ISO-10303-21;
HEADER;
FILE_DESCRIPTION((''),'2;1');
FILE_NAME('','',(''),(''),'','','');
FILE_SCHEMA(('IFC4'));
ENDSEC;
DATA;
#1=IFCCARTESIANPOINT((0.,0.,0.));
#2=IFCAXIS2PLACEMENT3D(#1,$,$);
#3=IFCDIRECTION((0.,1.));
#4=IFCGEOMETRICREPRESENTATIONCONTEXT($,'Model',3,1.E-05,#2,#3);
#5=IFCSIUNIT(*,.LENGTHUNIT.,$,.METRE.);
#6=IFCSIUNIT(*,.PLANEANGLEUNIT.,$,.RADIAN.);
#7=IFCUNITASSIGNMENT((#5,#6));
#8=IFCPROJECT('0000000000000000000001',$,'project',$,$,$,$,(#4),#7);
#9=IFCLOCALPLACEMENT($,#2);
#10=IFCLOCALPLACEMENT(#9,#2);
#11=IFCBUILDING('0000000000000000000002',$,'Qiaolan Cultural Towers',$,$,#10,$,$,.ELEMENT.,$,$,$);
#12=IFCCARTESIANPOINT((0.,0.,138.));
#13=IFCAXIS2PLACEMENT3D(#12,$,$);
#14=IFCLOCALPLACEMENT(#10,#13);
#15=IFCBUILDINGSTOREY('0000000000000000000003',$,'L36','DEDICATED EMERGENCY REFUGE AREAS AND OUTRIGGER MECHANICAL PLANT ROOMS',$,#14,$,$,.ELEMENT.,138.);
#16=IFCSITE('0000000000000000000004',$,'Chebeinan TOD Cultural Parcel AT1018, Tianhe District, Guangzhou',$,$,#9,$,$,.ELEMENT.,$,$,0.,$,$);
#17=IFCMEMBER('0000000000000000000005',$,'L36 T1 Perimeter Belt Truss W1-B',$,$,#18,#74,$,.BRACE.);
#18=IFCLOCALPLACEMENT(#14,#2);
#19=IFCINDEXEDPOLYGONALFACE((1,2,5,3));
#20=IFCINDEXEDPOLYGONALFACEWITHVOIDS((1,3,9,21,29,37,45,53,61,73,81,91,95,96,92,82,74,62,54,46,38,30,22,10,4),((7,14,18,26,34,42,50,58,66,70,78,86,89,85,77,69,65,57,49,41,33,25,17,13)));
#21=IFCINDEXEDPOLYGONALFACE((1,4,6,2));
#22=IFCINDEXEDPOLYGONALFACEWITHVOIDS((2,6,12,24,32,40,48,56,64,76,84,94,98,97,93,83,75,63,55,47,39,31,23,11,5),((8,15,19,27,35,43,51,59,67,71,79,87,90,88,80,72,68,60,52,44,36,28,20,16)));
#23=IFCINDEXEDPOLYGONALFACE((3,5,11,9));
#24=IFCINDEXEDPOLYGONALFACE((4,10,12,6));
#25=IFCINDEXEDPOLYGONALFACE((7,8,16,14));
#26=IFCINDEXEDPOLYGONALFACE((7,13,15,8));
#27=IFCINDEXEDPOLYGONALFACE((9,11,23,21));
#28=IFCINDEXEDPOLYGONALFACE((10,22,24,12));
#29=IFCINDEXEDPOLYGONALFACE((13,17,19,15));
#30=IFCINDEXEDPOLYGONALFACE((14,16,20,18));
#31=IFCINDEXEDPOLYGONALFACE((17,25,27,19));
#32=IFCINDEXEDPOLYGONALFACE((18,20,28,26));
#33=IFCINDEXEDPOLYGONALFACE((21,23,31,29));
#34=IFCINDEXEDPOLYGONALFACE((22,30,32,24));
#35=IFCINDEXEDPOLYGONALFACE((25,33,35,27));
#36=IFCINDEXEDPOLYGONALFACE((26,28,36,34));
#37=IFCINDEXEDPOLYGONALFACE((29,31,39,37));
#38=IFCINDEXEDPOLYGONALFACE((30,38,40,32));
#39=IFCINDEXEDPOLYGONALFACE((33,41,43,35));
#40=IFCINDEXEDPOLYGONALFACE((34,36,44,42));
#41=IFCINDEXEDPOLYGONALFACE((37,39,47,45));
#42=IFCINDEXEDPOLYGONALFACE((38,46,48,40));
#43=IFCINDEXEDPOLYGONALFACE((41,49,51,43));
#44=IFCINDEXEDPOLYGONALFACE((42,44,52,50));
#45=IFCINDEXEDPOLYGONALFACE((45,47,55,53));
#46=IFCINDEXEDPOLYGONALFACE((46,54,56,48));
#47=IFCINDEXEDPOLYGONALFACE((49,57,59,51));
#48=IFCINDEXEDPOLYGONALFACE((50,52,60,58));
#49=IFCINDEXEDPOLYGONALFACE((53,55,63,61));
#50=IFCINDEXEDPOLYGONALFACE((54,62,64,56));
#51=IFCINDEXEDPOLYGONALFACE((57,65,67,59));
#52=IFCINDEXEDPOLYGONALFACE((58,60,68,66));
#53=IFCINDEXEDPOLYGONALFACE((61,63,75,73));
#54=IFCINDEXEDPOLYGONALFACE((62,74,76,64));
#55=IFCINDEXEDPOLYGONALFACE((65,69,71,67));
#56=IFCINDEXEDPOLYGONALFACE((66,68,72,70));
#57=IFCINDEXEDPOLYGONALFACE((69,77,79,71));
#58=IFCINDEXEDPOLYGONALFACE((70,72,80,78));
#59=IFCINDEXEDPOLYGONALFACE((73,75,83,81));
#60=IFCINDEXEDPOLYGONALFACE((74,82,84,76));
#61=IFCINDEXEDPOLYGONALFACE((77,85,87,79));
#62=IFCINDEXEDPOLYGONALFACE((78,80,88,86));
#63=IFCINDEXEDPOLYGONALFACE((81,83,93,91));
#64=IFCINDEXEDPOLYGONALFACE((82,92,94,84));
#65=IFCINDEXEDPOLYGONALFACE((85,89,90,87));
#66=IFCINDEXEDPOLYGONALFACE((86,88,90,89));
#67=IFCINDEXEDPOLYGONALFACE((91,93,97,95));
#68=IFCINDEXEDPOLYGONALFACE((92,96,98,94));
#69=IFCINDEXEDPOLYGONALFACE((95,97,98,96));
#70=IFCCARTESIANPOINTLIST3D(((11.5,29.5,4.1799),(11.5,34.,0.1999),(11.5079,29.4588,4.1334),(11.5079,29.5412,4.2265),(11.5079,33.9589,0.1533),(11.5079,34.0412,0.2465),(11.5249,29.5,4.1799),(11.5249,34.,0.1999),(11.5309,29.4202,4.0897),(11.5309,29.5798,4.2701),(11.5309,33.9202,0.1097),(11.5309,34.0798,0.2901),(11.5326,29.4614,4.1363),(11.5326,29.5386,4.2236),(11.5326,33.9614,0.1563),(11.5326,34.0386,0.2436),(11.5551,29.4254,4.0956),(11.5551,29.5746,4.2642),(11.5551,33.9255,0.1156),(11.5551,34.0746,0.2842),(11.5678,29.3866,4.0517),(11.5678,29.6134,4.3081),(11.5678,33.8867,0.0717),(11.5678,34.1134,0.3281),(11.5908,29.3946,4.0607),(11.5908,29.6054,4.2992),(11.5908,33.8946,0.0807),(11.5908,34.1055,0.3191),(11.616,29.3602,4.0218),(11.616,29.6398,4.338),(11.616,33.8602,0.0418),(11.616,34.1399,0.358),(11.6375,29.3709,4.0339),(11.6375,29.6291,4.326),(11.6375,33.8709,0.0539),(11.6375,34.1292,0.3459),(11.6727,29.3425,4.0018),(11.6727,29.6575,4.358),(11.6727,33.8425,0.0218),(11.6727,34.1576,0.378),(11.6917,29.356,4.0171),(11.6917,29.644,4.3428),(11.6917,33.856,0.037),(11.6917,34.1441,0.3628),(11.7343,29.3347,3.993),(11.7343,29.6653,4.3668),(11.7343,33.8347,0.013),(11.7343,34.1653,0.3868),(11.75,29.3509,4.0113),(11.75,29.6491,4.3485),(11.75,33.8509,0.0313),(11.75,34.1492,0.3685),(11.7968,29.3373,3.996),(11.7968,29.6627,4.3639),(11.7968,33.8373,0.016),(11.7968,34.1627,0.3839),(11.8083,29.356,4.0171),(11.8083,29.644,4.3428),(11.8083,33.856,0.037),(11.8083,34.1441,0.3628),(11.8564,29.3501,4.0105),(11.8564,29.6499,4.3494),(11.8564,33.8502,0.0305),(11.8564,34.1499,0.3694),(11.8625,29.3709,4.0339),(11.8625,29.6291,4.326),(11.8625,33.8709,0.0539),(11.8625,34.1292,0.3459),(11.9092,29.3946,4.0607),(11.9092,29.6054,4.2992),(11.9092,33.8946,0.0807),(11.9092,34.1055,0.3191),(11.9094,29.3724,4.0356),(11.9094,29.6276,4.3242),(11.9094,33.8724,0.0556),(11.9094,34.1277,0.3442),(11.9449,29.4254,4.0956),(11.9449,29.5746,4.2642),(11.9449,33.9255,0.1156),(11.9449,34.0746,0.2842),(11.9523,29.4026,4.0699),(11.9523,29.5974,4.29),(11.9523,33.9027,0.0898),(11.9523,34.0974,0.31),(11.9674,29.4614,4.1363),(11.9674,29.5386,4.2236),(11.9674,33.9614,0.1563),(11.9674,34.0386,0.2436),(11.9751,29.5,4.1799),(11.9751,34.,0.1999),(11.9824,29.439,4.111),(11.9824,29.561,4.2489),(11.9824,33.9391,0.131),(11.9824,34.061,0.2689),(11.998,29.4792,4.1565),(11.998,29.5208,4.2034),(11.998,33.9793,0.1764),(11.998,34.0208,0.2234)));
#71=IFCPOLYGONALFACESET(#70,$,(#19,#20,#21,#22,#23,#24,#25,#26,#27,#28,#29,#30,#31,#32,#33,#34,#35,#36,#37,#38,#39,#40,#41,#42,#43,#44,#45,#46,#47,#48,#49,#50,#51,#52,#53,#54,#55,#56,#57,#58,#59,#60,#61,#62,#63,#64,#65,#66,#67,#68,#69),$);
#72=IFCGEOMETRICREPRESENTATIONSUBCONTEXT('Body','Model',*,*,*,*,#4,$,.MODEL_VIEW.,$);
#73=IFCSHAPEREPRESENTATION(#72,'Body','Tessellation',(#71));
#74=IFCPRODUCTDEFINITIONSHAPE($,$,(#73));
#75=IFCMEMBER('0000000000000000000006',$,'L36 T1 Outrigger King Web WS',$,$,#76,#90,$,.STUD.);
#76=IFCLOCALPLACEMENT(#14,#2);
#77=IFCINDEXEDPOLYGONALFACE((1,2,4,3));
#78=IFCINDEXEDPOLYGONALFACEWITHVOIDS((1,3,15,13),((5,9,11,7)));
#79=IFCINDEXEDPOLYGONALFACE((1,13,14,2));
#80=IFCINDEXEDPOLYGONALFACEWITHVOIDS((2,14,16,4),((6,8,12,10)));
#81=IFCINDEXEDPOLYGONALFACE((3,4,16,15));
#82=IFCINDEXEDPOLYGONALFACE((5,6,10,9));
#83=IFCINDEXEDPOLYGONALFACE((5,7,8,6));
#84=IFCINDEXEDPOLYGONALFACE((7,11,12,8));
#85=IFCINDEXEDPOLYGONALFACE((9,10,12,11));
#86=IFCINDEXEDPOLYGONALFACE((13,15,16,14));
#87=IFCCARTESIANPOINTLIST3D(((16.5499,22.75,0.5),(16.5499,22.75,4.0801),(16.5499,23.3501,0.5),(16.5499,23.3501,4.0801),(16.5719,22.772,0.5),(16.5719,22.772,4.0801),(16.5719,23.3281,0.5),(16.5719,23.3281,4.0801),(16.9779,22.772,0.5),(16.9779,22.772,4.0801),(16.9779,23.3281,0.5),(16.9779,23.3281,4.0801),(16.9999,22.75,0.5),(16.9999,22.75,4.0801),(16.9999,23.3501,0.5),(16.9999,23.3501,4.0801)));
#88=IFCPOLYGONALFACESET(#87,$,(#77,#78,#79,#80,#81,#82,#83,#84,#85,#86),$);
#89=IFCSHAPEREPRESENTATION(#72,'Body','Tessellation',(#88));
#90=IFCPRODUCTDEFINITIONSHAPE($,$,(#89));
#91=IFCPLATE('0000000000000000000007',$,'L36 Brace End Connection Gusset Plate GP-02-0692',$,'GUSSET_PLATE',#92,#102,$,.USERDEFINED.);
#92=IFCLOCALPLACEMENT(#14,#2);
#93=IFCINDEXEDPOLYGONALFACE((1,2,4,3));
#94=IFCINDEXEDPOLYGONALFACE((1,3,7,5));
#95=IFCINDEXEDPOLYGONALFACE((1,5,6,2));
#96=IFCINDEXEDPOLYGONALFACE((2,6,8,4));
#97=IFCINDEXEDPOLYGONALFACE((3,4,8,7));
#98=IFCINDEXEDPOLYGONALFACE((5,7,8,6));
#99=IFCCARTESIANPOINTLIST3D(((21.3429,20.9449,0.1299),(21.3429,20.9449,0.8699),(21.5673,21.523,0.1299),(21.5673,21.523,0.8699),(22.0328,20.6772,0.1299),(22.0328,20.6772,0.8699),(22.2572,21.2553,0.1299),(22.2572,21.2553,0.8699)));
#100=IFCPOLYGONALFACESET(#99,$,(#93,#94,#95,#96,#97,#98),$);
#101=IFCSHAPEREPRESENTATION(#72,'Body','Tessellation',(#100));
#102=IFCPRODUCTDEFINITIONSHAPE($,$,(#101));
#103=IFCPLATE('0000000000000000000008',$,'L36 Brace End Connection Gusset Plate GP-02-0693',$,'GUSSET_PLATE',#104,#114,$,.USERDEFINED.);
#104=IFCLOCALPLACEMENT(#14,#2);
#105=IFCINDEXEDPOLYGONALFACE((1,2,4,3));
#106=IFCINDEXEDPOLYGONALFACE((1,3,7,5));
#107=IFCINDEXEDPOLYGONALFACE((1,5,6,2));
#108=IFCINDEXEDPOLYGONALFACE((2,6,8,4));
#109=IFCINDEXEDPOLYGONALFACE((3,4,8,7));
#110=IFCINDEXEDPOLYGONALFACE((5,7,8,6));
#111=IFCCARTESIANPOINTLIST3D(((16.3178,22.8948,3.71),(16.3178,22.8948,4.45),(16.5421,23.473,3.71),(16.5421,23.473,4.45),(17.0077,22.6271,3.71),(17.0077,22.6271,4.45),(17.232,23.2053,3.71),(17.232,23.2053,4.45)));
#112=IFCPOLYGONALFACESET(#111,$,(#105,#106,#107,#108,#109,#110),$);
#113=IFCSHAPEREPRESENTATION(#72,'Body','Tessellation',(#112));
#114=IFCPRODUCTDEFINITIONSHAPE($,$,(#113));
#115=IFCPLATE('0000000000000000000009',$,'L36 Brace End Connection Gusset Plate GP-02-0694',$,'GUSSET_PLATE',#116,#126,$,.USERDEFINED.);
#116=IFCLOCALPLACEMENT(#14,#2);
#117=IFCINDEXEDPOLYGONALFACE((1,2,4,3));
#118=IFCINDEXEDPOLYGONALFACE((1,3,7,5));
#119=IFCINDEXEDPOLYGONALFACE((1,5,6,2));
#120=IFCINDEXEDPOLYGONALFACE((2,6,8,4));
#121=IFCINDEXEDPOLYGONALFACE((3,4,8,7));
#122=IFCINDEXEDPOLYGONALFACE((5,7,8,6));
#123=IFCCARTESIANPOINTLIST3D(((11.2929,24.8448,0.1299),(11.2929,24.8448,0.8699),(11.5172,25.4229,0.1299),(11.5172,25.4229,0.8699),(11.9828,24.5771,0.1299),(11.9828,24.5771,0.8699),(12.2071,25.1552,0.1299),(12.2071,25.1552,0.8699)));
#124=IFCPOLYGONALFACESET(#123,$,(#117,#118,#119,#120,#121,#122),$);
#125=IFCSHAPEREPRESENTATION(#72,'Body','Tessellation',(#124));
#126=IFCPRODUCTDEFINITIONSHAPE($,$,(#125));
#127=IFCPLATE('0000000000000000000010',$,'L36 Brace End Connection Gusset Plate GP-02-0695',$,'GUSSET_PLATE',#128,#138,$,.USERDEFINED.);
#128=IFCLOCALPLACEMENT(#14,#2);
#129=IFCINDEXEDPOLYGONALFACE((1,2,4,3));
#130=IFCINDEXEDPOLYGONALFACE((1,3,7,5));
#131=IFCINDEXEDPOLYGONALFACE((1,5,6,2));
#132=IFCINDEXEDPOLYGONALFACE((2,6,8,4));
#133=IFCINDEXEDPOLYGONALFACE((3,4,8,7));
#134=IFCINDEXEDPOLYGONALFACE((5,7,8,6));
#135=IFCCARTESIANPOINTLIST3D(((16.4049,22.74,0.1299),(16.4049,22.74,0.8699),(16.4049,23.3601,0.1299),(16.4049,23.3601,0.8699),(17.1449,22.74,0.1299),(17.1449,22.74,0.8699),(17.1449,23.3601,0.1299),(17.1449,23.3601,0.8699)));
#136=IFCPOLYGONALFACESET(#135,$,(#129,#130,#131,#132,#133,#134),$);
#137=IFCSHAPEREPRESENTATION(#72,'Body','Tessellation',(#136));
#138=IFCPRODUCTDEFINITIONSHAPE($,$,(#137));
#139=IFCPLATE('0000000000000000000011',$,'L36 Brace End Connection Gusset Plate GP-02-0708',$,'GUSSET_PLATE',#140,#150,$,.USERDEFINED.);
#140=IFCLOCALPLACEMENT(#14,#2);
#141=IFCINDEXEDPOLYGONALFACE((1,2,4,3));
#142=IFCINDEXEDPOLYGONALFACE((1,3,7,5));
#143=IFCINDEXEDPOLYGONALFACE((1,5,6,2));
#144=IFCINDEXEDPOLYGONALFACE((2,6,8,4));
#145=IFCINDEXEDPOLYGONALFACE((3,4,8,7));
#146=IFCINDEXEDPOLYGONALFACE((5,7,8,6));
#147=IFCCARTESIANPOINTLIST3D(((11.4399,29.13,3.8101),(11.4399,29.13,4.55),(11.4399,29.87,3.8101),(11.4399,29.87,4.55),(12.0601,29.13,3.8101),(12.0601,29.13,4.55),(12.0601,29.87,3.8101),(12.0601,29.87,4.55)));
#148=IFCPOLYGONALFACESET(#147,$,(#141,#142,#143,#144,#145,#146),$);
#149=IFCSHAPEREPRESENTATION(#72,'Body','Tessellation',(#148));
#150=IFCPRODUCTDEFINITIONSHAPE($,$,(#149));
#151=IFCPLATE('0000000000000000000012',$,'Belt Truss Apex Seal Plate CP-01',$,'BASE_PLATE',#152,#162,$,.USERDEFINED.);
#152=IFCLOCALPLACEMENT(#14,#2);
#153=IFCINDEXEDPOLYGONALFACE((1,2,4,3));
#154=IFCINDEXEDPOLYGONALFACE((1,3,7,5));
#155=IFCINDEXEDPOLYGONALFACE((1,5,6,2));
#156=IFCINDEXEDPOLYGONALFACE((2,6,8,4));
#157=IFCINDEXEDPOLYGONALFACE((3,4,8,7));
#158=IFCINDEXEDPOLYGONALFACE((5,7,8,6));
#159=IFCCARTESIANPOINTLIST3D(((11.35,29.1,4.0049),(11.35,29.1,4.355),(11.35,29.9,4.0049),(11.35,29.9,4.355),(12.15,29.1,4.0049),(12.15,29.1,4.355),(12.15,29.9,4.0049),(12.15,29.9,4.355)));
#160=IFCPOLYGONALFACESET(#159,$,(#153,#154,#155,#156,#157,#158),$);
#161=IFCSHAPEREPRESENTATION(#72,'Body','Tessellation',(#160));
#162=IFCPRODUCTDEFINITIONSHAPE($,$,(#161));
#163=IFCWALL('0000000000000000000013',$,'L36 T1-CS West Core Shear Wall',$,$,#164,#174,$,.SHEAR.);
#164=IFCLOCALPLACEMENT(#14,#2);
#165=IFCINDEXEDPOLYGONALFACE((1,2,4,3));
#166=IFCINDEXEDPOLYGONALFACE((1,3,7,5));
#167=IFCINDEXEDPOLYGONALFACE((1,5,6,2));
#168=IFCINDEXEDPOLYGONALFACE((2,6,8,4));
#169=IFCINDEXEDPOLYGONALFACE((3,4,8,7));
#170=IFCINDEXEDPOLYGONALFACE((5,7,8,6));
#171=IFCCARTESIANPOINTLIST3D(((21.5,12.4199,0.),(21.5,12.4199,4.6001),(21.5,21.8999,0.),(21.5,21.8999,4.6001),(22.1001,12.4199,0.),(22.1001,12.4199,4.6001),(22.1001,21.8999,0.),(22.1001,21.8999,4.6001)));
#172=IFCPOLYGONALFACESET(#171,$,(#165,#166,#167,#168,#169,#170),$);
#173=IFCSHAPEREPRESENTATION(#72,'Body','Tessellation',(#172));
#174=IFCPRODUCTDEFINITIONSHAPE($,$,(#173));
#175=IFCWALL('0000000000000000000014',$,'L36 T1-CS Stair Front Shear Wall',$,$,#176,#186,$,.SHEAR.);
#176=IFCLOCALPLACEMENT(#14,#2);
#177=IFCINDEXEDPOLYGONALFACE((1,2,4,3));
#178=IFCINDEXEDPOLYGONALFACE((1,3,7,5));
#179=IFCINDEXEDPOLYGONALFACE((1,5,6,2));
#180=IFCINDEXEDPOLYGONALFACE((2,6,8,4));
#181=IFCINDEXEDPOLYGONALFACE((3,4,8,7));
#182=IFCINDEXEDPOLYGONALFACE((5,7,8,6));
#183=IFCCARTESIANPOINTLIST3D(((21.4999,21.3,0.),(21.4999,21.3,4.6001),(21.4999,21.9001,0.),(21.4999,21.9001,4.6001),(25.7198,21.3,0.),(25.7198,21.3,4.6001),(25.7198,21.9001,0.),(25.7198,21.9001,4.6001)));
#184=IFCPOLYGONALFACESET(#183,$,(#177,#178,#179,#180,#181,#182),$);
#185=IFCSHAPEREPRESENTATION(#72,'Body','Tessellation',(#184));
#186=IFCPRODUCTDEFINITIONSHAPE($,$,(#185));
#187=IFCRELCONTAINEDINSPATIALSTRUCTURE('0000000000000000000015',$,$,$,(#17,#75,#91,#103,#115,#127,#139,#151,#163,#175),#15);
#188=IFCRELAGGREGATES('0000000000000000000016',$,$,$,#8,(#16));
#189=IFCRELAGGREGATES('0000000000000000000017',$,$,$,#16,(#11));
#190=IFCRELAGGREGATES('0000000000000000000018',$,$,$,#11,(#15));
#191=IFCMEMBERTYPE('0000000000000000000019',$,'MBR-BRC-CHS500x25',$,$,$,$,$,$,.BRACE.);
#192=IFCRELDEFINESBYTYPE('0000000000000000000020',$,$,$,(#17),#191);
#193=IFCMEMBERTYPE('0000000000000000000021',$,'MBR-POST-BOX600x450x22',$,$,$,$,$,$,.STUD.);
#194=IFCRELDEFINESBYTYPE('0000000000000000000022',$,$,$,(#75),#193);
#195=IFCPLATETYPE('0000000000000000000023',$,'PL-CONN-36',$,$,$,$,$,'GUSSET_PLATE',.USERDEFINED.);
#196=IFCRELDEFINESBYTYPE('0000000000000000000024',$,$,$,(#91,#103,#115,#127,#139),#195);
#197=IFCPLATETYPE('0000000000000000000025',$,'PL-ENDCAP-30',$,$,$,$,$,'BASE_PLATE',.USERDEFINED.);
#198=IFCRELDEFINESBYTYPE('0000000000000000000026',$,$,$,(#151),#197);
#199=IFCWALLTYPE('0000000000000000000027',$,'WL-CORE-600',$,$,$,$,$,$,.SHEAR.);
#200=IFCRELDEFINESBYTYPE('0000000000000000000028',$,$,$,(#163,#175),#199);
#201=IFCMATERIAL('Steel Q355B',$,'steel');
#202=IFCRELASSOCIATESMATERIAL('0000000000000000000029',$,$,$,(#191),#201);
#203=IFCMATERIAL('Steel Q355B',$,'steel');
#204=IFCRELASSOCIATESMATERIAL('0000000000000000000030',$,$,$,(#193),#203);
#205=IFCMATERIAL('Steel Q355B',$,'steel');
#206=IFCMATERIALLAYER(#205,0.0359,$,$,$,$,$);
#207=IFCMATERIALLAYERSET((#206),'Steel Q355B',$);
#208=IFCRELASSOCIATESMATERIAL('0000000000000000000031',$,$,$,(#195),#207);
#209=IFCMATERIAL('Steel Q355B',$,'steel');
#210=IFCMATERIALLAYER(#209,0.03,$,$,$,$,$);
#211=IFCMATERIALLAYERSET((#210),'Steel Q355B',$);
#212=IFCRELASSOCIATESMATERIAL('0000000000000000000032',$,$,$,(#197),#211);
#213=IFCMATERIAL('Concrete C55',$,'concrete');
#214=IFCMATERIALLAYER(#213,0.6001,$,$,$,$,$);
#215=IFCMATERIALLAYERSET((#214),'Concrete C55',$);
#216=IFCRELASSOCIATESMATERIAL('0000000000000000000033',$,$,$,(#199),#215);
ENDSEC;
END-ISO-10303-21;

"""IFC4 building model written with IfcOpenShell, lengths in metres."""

from ifc_helpers import new_model, si_unit, direction, frame, frame_2d, origin, origin_2d, place, context, subcontext, project, spatial, rectangle, hollow_rectangle, hollow_circle, extrude, material, layer, layer_set, material_profile, profile_set, type_object, element, save


model = new_model("IFC4")

# Units and contexts
model_context = context("Model", 3, precision=1e-05, world=origin(), true_north=direction((0.0, 1.0)))
body_context = subcontext(model_context, "Body", "Model", "MODEL_VIEW")
ifc_project = project(units=[si_unit("LENGTHUNIT", "METRE"), si_unit("PLANEANGLEUNIT", "RADIAN")], contexts=[model_context])

# Site, building, storey
site_placement = place(None, origin())
site = spatial("IfcSite", under=ifc_project, at=site_placement, Name="Chebeinan TOD Cultural Parcel AT1018, Tianhe District, Guangzhou", CompositionType="ELEMENT", RefElevation=0.0)
building_placement = place(site_placement, origin())
building = spatial("IfcBuilding", under=site, at=building_placement, Name="Qiaolan Cultural Towers", CompositionType="ELEMENT")
storey_placement = place(building_placement, frame((0.0, 0.0, 138.0)))
storey = spatial("IfcBuildingStorey", under=building, at=storey_placement, Name="L36", Description="DEDICATED EMERGENCY REFUGE AREAS AND OUTRIGGER MECHANICAL PLANT ROOMS", CompositionType="ELEMENT", Elevation=138.0)

# Members
ifc_material_1 = material(Name="Steel Q355B", Category="steel")
ifc_material_profile_1 = material_profile(ifc_material_1, hollow_circle(Radius=0.25, WallThickness=0.0249, at=origin_2d()), Name="CHS500x25")
ifc_profile_set_1 = profile_set([ifc_material_profile_1], Name="Steel Q355B")
member_type_1 = type_object("IfcMemberType", Name="MBR-BRC-CHS500x25", PredefinedType="BRACE", material=ifc_profile_set_1)
for number, where, z_axis, x_axis, name in (
    (1, (11.75, 29.5, 4.1799), (0.0, 0.749062, -0.6625), (-1.0, 0.0, 0.0), "L36 T1 Perimeter Belt Truss W1-B"),
):
    element("IfcMember", number, at=place(storey_placement, frame(where, z_axis=z_axis, x_axis=x_axis)), inside=storey, type_object=member_type_1, Name=name, PredefinedType="BRACE", context=body_context, shape_type="SweptSolid", body=[
        extrude(hollow_circle(Radius=0.25, WallThickness=0.0249, at=origin_2d()), origin(), (0.0, 0.0, 1.0), 6.0076),
    ])
ifc_material_2 = material(Name="Steel Q355B", Category="steel")
ifc_material_profile_2 = material_profile(ifc_material_2, hollow_rectangle(XDim=0.45, YDim=0.6001, WallThickness=0.022, at=origin_2d()), Name="BOX600x450x22")
ifc_profile_set_2 = profile_set([ifc_material_profile_2], Name="Steel Q355B")
member_type_2 = type_object("IfcMemberType", Name="MBR-POST-BOX600x450x22", PredefinedType="STUD", material=ifc_profile_set_2)
member_placement = place(storey_placement, frame((16.7749, 23.05, 0.5), z_axis=(0.0, 0.0, 1.0), x_axis=(1.0, 0.0, 0.0)))
element("IfcMember", 2, at=member_placement, inside=storey, type_object=member_type_2, Name="L36 T1 Outrigger King Web WS", PredefinedType="STUD", context=body_context, shape_type="SweptSolid", body=[
    extrude(hollow_rectangle(XDim=0.45, YDim=0.6001, WallThickness=0.022, at=origin_2d()), origin(), (0.0, 0.0, 1.0), 3.5801),
])

# Plates
ifc_material_3 = material(Name="Steel Q355B", Category="steel")
ifc_layer_1 = layer(ifc_material_3, 0.0359)
ifc_layer_set_1 = layer_set([ifc_layer_1], Name="Steel Q355B")
plate_type_1 = type_object("IfcPlateType", Name="PL-CONN-36", ElementType="GUSSET_PLATE", PredefinedType="USERDEFINED", material=ifc_layer_set_1)
for number, where, z_axis, x_axis, name in (
    (3, (21.8, 21.1001, 0.1299), (0.0, 0.0, 1.0), (-0.932266, 0.361775, 0.0), "L36 Brace End Connection Gusset Plate GP-02-0692"),
    (4, (16.7749, 23.05, 3.71), (0.0, 0.0, 1.0), (-0.932266, 0.361775, 0.0), "L36 Brace End Connection Gusset Plate GP-02-0693"),
    (5, (11.75, 25.0, 0.1299), (0.0, 0.0, 1.0), (-0.932266, 0.361775, 0.0), "L36 Brace End Connection Gusset Plate GP-02-0694"),
    (6, (16.7749, 23.05, 0.1299), (0.0, 0.0, 1.0), (1.0, 0.0, 0.0), "L36 Brace End Connection Gusset Plate GP-02-0695"),
    (7, (11.75, 29.5, 3.8101), (0.0, 0.0, 1.0), (0.0, 1.0, 0.0), "L36 Brace End Connection Gusset Plate GP-02-0708"),
):
    element("IfcPlate", number, at=place(storey_placement, frame(where, z_axis=z_axis, x_axis=x_axis)), inside=storey, type_object=plate_type_1, Name=name, ObjectType="GUSSET_PLATE", PredefinedType="USERDEFINED", context=body_context, shape_type="SweptSolid", body=[
        extrude(rectangle(XDim=0.74, YDim=0.6201, at=origin_2d()), origin(), (0.0, 0.0, 1.0), 0.74),
    ])
ifc_material_4 = material(Name="Steel Q355B", Category="steel")
ifc_layer_2 = layer(ifc_material_4, 0.03)
ifc_layer_set_2 = layer_set([ifc_layer_2], Name="Steel Q355B")
plate_type_2 = type_object("IfcPlateType", Name="PL-ENDCAP-30", ElementType="BASE_PLATE", PredefinedType="USERDEFINED", material=ifc_layer_set_2)
plate_placement = place(storey_placement, frame((11.75, 29.5, 4.0049), z_axis=(0.0, 0.0, 1.0), x_axis=(1.0, 0.0, 0.0)))
element("IfcPlate", 8, at=plate_placement, inside=storey, type_object=plate_type_2, Name="Belt Truss Apex Seal Plate CP-01", ObjectType="BASE_PLATE", PredefinedType="USERDEFINED", context=body_context, shape_type="SweptSolid", body=[
    extrude(rectangle(XDim=0.8, YDim=0.8, at=origin_2d()), origin(), (0.0, 0.0, 1.0), 0.3501),
])

# Walls
ifc_material_5 = material(Name="Concrete C55", Category="concrete")
ifc_layer_3 = layer(ifc_material_5, 0.6001)
ifc_layer_set_3 = layer_set([ifc_layer_3], Name="Concrete C55")
wall_type_1 = type_object("IfcWallType", Name="WL-CORE-600", PredefinedType="SHEAR", material=ifc_layer_set_3)
wall_1_placement = place(storey_placement, frame((21.8, 21.8999, 0.0), z_axis=(0.0, 0.0, 1.0), x_axis=(0.0, -1.0, 0.0)))
element("IfcWall", 9, at=wall_1_placement, inside=storey, type_object=wall_type_1, Name="L36 T1-CS West Core Shear Wall", PredefinedType="SHEAR", context=body_context, shape_type="SweptSolid", body=[
    extrude(rectangle(XDim=9.48, YDim=0.6001, at=frame_2d((4.74, 0.0))), origin(), (0.0, 0.0, 1.0), 4.6001),
])
wall_2_placement = place(storey_placement, frame((21.5, 21.6001, 0.0), z_axis=(0.0, 0.0, 1.0), x_axis=(1.0, 0.0, 0.0)))
element("IfcWall", 10, at=wall_2_placement, inside=storey, type_object=wall_type_1, Name="L36 T1-CS Stair Front Shear Wall", PredefinedType="SHEAR", context=body_context, shape_type="SweptSolid", body=[
    extrude(rectangle(XDim=4.22, YDim=0.6001, at=frame_2d((2.1099, 0.0))), origin(), (0.0, 0.0, 1.0), 4.6001),
])

save(model, "model.ifc")
